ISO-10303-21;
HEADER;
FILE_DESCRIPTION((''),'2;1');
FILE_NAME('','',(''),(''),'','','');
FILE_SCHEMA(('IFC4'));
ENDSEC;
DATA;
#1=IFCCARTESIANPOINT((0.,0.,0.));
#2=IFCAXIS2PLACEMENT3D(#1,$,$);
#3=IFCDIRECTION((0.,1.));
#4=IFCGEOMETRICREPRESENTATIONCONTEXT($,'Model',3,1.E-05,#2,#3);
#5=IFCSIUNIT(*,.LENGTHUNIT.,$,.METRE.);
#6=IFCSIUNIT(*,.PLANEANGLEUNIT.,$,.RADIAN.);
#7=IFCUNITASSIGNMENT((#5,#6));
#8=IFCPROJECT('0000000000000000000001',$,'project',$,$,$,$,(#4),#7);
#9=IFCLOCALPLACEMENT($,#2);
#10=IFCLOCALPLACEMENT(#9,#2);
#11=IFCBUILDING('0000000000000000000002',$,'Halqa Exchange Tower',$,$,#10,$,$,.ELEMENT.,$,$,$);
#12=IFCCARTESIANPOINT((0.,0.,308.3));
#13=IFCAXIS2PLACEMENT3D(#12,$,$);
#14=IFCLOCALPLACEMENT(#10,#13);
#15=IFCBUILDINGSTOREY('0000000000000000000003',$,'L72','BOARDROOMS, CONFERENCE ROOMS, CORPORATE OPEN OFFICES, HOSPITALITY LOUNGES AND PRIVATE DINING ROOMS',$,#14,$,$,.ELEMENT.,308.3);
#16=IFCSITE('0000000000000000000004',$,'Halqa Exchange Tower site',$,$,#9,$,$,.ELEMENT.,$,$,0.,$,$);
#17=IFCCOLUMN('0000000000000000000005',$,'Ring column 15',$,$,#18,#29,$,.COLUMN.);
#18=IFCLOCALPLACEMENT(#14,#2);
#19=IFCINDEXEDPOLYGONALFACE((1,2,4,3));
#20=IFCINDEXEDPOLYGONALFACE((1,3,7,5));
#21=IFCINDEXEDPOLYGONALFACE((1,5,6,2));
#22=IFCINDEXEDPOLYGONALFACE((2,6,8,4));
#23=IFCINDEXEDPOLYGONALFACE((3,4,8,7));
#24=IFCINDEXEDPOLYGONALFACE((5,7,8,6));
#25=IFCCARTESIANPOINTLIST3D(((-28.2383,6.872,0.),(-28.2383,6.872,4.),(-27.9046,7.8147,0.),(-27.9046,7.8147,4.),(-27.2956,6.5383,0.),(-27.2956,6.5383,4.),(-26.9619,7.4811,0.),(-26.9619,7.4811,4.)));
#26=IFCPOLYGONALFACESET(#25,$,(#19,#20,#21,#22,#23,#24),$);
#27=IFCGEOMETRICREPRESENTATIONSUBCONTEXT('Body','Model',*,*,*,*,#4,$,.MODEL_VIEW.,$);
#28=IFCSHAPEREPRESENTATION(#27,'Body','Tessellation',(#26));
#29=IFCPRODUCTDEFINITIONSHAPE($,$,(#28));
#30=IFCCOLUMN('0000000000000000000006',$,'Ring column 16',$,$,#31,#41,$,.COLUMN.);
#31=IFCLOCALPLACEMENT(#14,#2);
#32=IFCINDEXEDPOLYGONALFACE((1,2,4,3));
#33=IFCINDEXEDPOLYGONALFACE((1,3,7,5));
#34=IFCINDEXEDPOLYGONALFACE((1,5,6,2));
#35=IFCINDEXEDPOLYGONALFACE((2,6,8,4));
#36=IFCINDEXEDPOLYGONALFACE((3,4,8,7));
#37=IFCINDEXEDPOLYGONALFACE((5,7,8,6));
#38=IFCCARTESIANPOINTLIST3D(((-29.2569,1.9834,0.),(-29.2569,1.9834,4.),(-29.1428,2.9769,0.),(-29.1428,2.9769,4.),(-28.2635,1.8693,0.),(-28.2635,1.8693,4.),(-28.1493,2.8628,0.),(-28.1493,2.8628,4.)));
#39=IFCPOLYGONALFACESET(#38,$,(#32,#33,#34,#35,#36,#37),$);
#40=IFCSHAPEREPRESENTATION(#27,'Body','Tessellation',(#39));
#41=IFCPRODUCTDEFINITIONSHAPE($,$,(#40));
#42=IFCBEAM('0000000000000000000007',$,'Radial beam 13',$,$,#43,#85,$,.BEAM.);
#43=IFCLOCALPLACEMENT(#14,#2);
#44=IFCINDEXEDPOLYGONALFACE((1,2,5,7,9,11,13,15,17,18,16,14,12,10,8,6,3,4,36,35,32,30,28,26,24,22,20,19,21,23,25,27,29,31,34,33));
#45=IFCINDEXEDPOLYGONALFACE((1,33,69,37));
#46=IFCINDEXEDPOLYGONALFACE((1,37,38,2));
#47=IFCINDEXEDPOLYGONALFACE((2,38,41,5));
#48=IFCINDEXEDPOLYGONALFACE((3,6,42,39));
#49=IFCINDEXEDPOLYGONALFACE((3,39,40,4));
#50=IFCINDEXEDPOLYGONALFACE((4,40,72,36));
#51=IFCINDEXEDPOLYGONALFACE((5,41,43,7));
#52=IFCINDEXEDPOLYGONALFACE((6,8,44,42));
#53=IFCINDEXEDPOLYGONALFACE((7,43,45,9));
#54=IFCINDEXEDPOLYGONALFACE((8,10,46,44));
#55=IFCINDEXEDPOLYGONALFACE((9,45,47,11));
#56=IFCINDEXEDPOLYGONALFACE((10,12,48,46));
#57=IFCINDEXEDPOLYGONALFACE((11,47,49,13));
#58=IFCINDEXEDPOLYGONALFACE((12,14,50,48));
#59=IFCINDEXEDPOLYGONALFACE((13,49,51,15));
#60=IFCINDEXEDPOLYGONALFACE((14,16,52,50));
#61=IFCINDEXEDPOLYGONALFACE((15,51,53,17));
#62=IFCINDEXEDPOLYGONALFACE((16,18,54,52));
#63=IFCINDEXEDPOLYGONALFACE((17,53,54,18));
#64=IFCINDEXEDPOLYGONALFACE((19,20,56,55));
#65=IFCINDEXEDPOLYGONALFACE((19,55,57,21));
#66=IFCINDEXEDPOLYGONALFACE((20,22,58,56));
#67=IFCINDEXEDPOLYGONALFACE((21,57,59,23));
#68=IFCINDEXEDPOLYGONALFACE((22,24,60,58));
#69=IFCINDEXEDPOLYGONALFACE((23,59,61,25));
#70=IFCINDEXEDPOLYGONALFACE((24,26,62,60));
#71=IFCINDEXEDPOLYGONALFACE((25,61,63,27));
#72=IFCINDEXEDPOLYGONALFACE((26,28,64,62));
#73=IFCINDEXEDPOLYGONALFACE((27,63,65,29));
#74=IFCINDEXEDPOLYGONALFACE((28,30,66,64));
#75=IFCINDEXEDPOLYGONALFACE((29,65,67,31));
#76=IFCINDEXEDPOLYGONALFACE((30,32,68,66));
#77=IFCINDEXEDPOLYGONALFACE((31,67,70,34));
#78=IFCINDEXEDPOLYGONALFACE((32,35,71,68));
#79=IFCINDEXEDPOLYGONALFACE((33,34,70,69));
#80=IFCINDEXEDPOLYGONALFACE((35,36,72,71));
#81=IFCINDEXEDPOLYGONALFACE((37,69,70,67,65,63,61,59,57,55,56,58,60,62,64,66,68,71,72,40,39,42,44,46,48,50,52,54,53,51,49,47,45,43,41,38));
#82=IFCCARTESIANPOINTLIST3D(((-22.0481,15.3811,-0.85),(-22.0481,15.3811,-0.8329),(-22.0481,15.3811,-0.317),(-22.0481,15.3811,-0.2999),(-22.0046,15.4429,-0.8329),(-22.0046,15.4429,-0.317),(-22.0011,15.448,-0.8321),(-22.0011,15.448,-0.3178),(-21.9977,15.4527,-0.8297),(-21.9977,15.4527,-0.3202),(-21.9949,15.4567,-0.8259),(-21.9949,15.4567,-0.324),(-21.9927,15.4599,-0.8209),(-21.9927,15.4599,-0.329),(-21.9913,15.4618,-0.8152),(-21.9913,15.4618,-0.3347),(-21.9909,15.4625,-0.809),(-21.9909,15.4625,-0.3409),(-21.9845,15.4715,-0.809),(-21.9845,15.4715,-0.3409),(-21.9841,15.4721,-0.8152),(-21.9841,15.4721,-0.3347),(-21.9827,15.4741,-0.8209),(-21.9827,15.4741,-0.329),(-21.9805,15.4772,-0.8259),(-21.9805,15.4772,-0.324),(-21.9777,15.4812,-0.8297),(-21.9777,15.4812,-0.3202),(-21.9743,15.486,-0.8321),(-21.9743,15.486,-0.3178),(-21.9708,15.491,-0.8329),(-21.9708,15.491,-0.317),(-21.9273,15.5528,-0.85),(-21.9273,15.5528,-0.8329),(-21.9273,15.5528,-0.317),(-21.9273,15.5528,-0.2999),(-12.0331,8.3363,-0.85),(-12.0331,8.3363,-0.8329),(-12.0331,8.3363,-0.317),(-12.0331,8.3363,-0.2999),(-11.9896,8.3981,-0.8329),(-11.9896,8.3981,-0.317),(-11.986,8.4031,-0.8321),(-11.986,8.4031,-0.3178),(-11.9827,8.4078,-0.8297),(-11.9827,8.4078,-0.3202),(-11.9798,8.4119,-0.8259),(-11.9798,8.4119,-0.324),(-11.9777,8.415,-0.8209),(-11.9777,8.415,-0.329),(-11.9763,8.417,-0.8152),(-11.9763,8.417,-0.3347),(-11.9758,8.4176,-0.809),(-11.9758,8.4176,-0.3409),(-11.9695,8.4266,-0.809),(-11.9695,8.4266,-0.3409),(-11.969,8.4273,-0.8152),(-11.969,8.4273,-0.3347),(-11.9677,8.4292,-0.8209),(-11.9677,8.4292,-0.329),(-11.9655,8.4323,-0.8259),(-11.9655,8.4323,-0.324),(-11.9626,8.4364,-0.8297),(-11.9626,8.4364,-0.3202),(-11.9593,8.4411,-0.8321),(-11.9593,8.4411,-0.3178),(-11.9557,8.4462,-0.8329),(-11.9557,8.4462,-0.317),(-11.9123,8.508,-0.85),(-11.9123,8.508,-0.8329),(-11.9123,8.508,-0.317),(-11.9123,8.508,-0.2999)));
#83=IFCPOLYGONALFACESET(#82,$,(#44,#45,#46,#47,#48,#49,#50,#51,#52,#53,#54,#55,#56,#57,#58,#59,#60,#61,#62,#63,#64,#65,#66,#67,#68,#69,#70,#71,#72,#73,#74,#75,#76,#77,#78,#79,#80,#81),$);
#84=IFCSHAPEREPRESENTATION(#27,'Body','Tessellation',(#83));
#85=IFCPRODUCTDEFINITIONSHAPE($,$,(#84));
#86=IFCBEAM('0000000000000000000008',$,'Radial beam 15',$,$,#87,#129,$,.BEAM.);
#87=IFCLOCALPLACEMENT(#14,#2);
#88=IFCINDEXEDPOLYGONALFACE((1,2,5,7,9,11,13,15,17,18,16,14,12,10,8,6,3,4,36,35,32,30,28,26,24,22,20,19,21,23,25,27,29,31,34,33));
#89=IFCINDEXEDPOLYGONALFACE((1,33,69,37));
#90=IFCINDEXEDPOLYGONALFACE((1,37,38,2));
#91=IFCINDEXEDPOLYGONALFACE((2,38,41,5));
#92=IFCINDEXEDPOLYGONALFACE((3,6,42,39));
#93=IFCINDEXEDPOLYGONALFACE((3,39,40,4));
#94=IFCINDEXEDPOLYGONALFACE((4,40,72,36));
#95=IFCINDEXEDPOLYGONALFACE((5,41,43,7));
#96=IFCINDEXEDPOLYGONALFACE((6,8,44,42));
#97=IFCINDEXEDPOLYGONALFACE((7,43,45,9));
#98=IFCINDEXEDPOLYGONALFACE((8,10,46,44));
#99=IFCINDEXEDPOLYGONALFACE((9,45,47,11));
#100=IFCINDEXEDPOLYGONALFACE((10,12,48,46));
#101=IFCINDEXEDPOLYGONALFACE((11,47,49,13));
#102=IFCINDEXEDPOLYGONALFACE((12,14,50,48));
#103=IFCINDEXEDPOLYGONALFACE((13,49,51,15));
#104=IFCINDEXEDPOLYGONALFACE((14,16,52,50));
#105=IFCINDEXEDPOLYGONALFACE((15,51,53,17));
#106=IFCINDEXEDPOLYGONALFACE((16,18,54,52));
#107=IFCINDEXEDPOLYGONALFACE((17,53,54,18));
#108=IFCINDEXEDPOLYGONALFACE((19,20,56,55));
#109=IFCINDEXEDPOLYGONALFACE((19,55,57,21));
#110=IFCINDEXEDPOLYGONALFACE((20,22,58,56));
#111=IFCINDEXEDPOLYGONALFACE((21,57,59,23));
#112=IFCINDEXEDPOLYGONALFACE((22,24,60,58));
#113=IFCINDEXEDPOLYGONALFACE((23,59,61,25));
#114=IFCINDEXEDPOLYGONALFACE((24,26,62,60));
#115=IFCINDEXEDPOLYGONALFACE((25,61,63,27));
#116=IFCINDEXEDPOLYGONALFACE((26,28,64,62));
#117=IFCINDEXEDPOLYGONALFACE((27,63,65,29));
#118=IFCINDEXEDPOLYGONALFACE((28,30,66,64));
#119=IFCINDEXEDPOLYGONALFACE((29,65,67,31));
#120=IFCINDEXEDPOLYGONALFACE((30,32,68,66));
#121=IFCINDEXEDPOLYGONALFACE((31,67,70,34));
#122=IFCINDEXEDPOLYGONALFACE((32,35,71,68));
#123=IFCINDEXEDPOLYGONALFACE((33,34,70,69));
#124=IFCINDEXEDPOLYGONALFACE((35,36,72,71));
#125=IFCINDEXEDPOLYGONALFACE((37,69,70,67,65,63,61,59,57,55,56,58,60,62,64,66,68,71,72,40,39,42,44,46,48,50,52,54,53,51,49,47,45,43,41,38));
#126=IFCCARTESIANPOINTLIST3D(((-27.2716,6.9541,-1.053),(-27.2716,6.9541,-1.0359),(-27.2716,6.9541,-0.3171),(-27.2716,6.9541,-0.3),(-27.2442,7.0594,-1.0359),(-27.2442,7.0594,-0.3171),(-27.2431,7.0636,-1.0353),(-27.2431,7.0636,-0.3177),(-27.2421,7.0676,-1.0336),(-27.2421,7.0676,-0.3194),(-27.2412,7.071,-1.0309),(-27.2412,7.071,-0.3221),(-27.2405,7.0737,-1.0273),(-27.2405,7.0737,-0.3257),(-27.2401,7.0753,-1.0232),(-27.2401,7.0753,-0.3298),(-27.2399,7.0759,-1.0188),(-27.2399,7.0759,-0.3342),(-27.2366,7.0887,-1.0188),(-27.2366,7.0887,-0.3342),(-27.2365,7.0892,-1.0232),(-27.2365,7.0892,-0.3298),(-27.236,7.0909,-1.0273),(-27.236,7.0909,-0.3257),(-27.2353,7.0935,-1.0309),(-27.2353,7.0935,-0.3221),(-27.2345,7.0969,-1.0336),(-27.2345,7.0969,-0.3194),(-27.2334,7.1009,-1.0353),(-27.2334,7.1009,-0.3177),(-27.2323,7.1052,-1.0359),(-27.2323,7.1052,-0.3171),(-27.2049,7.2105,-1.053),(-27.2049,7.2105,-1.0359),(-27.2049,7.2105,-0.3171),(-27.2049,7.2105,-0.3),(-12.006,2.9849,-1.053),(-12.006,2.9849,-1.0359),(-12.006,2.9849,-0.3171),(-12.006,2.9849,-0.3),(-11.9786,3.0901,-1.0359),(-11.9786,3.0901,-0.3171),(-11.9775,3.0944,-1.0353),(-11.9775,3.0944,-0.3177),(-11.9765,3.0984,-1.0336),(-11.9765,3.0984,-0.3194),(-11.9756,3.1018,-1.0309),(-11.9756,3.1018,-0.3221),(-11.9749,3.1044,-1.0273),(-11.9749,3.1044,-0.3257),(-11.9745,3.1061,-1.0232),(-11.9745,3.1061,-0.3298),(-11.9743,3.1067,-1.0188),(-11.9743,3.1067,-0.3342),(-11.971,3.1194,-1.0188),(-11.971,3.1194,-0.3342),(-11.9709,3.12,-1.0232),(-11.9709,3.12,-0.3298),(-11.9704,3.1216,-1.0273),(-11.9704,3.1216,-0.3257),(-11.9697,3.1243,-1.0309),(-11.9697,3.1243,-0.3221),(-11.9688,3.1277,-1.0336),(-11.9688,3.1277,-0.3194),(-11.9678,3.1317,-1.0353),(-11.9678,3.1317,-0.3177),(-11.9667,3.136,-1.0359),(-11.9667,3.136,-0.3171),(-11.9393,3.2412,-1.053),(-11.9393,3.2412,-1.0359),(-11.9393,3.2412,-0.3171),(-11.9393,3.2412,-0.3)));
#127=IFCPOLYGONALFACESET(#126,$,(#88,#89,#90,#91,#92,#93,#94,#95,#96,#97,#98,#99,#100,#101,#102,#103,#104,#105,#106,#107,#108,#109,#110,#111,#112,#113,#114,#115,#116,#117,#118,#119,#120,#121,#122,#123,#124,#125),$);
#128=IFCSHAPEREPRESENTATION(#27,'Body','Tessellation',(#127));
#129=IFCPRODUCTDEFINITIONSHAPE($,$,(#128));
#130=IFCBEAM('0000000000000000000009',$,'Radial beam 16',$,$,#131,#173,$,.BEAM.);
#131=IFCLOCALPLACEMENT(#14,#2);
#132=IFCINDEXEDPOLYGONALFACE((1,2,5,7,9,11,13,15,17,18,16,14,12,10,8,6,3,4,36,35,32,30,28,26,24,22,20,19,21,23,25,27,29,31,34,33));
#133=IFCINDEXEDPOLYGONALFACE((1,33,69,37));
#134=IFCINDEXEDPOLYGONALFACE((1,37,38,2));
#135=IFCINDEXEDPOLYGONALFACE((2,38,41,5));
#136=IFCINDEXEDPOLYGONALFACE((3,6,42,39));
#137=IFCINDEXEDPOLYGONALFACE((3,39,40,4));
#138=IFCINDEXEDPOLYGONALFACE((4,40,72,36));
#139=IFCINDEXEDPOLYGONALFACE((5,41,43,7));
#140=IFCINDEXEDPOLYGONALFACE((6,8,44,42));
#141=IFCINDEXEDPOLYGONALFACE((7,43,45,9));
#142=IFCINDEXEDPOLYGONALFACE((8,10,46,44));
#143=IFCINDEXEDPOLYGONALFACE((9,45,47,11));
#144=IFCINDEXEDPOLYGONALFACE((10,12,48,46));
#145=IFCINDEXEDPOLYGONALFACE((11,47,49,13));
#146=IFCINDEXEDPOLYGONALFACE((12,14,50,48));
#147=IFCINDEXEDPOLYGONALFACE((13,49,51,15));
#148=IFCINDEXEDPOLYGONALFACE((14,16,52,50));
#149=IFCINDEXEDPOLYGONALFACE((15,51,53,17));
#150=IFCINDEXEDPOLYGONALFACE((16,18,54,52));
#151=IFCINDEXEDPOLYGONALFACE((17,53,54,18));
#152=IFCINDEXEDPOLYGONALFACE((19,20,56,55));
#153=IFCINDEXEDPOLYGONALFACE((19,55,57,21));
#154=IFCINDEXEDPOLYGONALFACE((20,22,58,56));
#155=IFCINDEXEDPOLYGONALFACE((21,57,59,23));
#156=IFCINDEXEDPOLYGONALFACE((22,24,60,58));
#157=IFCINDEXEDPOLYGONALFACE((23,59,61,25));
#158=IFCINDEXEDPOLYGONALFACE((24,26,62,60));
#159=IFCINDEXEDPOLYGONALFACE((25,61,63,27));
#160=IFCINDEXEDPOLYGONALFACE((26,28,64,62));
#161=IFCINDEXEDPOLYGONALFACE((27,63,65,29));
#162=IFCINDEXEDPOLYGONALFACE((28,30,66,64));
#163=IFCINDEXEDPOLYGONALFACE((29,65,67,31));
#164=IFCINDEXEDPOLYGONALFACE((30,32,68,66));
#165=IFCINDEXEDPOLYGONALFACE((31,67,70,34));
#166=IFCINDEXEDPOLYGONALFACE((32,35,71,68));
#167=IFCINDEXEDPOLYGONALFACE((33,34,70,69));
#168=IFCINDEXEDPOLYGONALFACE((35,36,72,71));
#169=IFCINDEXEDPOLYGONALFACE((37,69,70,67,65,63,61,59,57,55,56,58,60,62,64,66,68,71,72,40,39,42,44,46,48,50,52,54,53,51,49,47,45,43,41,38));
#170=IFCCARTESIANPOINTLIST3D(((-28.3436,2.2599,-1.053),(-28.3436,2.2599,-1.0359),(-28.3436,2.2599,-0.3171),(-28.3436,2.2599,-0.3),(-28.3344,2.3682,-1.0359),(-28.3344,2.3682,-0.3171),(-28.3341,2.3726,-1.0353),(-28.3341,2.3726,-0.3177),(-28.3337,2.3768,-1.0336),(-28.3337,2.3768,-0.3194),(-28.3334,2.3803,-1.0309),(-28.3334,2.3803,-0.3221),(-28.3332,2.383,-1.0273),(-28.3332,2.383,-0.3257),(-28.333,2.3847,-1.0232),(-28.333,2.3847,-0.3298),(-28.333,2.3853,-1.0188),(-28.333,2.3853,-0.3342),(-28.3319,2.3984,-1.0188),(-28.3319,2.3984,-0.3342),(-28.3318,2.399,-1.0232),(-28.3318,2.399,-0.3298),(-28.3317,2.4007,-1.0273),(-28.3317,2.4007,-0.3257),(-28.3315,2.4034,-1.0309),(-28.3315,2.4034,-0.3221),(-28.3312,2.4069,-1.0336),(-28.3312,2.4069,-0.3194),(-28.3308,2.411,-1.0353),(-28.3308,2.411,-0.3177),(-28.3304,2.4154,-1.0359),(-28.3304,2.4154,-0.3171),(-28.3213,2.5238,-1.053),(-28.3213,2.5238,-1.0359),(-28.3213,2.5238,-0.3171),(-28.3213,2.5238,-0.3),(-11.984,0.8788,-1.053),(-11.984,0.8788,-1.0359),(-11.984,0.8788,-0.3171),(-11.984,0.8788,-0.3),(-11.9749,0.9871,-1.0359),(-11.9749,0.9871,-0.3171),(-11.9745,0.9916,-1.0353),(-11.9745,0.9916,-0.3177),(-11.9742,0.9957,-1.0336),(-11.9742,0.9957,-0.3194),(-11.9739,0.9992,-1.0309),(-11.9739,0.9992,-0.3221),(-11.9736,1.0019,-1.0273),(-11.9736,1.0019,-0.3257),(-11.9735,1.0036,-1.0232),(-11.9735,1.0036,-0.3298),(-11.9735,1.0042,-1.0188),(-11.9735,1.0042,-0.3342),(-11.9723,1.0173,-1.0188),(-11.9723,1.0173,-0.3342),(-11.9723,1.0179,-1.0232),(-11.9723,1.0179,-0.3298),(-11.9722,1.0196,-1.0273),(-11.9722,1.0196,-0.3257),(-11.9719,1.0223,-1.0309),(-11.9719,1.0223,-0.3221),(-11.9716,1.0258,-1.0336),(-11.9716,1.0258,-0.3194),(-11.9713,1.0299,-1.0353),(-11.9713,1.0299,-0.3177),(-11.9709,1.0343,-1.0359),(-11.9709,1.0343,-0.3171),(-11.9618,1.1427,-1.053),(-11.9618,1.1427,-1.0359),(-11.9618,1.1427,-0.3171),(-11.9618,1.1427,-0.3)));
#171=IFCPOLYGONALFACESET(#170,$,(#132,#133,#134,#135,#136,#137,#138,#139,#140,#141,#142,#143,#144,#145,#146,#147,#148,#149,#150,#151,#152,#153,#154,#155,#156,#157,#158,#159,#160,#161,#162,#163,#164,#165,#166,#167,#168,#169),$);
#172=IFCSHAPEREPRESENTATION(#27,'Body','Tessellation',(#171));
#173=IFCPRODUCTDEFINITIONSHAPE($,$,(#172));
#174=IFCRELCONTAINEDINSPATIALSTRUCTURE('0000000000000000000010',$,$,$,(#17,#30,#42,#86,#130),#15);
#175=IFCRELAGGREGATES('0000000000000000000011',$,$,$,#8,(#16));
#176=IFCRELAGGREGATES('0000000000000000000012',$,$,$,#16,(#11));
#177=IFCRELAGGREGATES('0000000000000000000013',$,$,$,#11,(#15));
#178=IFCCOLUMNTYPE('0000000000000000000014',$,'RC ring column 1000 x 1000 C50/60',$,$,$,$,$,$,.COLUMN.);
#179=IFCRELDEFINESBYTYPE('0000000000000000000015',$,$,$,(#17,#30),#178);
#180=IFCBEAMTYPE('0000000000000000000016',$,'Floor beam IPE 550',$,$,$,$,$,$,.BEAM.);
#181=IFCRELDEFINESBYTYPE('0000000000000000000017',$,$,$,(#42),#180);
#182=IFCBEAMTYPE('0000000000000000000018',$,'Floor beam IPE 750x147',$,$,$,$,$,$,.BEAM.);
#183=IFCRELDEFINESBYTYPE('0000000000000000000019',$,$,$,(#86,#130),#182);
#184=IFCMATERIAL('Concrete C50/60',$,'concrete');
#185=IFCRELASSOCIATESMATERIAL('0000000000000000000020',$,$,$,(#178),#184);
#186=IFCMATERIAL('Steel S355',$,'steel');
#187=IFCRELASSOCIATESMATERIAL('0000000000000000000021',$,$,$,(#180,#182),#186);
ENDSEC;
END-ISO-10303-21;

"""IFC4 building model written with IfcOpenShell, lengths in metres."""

from ifc_helpers import new_model, si_unit, direction, frame, origin, origin_2d, place, context, subcontext, project, spatial, rectangle, i_section, extrude, material, material_profile, profile_set, type_object, element, save


model = new_model("IFC4")

# Units and contexts
model_context = context("Model", 3, precision=1e-05, world=origin(), true_north=direction((0.0, 1.0)))
body_context = subcontext(model_context, "Body", "Model", "MODEL_VIEW")
ifc_project = project(units=[si_unit("LENGTHUNIT", "METRE"), si_unit("PLANEANGLEUNIT", "RADIAN")], contexts=[model_context])

# Site, building, storey
site_placement = place(None, origin())
site = spatial("IfcSite", under=ifc_project, at=site_placement, Name="Halqa Exchange Tower site", CompositionType="ELEMENT", RefElevation=0.0)
building_placement = place(site_placement, origin())
building = spatial("IfcBuilding", under=site, at=building_placement, Name="Halqa Exchange Tower", CompositionType="ELEMENT")
storey_placement = place(building_placement, frame((0.0, 0.0, 308.3)))
storey = spatial("IfcBuildingStorey", under=building, at=storey_placement, Name="L72", Description="BOARDROOMS, CONFERENCE ROOMS, CORPORATE OPEN OFFICES, HOSPITALITY LOUNGES AND PRIVATE DINING ROOMS", CompositionType="ELEMENT", Elevation=308.3)

# Columns
ifc_material_1 = material(Name="Concrete C50/60", Category="concrete")
ifc_material_profile_1 = material_profile(ifc_material_1, rectangle(XDim=1.0, YDim=1.0, at=origin_2d()), Name="1000 x 1000")
ifc_profile_set_1 = profile_set([ifc_material_profile_1], Name="Concrete C50/60")
column_type = type_object("IfcColumnType", Name="RC ring column 1000 x 1000 C50/60", PredefinedType="COLUMN", material=ifc_profile_set_1)
for number, where, z_axis, x_axis, name in (
    (1, (-27.6001, 7.1765, 0.0), (0.0, 0.0, 1.0), (-0.333623, -0.942707, 0.0), "Ring column 15"),
    (2, (-28.7031, 2.4231, 0.0), (0.0, 0.0, 1.0), (-0.11415, -0.993464, 0.0), "Ring column 16"),
):
    element("IfcColumn", number, at=place(storey_placement, frame(where, z_axis=z_axis, x_axis=x_axis)), inside=storey, type_object=column_type, Name=name, PredefinedType="COLUMN", context=body_context, shape_type="SweptSolid", body=[
        extrude(rectangle(XDim=1.0, YDim=1.0, at=origin_2d()), origin(), (0.0, 0.0, 1.0), 4.0),
    ])

# Beams
ifc_material_2 = material(Name="Steel S355", Category="steel")
ifc_material_profile_2 = material_profile(ifc_material_2, i_section(OverallWidth=0.21, OverallDepth=0.55, WebThickness=0.011, FlangeThickness=0.0171, FilletRadius=0.0239, at=origin_2d()), Name="IPE 550")
ifc_profile_set_2 = profile_set([ifc_material_profile_2], Name="Steel S355")
beam_type_1 = type_object("IfcBeamType", Name="Floor beam IPE 550", PredefinedType="BEAM", material=ifc_profile_set_2)
beam_1_placement = place(storey_placement, frame((-11.9727, 8.4221, -0.575), z_axis=(-0.817913, 0.575342, 0.0), x_axis=(-0.575342, -0.817913, 0.0)))
element("IfcBeam", 3, at=beam_1_placement, inside=storey, type_object=beam_type_1, Name="Radial beam 13", PredefinedType="BEAM", context=body_context, shape_type="SweptSolid", body=[
    extrude(i_section(OverallWidth=0.21, OverallDepth=0.55, WebThickness=0.011, FlangeThickness=0.0171, FilletRadius=0.0239, at=origin_2d()), origin(), (0.0, 0.0, 1.0), 12.2446),
])
ifc_material_profile_3 = material_profile(ifc_material_2, i_section(OverallWidth=0.2649, OverallDepth=0.7529, WebThickness=0.0132, FlangeThickness=0.0171, FilletRadius=0.0171, at=origin_2d()), Name="IPE 750x147")
ifc_profile_set_3 = profile_set([ifc_material_profile_3], Name="Steel S355")
beam_type_2 = type_object("IfcBeamType", Name="Floor beam IPE 750x147", PredefinedType="BEAM", material=ifc_profile_set_3)
beam_2_placement = place(storey_placement, frame((-11.9727, 3.113, -0.6765), z_axis=(-0.96782, 0.251644, 0.0), x_axis=(-0.251644, -0.96782, 0.0)))
element("IfcBeam", 4, at=beam_2_placement, inside=storey, type_object=beam_type_2, Name="Radial beam 15", PredefinedType="BEAM", context=body_context, shape_type="SweptSolid", body=[
    extrude(i_section(OverallWidth=0.2649, OverallDepth=0.7529, WebThickness=0.0132, FlangeThickness=0.0171, FilletRadius=0.0171, at=origin_2d()), origin(), (0.0, 0.0, 1.0), 15.7732),
])
for number, where, z_axis, x_axis, name in (
    (5, (-11.9729, 1.0107, -0.6765), (-0.996455, 0.084122, 0.0), (-0.084122, -0.996455, 0.0), "Radial beam 16"),
):
    element("IfcBeam", number, at=place(storey_placement, frame(where, z_axis=z_axis, x_axis=x_axis)), inside=storey, type_object=beam_type_2, Name=name, PredefinedType="BEAM", context=body_context, shape_type="SweptSolid", body=[
        extrude(i_section(OverallWidth=0.2649, OverallDepth=0.7529, WebThickness=0.0132, FlangeThickness=0.0171, FilletRadius=0.0171, at=origin_2d()), origin(), (0.0, 0.0, 1.0), 16.4177),
    ])

save(model, "model.ifc")
